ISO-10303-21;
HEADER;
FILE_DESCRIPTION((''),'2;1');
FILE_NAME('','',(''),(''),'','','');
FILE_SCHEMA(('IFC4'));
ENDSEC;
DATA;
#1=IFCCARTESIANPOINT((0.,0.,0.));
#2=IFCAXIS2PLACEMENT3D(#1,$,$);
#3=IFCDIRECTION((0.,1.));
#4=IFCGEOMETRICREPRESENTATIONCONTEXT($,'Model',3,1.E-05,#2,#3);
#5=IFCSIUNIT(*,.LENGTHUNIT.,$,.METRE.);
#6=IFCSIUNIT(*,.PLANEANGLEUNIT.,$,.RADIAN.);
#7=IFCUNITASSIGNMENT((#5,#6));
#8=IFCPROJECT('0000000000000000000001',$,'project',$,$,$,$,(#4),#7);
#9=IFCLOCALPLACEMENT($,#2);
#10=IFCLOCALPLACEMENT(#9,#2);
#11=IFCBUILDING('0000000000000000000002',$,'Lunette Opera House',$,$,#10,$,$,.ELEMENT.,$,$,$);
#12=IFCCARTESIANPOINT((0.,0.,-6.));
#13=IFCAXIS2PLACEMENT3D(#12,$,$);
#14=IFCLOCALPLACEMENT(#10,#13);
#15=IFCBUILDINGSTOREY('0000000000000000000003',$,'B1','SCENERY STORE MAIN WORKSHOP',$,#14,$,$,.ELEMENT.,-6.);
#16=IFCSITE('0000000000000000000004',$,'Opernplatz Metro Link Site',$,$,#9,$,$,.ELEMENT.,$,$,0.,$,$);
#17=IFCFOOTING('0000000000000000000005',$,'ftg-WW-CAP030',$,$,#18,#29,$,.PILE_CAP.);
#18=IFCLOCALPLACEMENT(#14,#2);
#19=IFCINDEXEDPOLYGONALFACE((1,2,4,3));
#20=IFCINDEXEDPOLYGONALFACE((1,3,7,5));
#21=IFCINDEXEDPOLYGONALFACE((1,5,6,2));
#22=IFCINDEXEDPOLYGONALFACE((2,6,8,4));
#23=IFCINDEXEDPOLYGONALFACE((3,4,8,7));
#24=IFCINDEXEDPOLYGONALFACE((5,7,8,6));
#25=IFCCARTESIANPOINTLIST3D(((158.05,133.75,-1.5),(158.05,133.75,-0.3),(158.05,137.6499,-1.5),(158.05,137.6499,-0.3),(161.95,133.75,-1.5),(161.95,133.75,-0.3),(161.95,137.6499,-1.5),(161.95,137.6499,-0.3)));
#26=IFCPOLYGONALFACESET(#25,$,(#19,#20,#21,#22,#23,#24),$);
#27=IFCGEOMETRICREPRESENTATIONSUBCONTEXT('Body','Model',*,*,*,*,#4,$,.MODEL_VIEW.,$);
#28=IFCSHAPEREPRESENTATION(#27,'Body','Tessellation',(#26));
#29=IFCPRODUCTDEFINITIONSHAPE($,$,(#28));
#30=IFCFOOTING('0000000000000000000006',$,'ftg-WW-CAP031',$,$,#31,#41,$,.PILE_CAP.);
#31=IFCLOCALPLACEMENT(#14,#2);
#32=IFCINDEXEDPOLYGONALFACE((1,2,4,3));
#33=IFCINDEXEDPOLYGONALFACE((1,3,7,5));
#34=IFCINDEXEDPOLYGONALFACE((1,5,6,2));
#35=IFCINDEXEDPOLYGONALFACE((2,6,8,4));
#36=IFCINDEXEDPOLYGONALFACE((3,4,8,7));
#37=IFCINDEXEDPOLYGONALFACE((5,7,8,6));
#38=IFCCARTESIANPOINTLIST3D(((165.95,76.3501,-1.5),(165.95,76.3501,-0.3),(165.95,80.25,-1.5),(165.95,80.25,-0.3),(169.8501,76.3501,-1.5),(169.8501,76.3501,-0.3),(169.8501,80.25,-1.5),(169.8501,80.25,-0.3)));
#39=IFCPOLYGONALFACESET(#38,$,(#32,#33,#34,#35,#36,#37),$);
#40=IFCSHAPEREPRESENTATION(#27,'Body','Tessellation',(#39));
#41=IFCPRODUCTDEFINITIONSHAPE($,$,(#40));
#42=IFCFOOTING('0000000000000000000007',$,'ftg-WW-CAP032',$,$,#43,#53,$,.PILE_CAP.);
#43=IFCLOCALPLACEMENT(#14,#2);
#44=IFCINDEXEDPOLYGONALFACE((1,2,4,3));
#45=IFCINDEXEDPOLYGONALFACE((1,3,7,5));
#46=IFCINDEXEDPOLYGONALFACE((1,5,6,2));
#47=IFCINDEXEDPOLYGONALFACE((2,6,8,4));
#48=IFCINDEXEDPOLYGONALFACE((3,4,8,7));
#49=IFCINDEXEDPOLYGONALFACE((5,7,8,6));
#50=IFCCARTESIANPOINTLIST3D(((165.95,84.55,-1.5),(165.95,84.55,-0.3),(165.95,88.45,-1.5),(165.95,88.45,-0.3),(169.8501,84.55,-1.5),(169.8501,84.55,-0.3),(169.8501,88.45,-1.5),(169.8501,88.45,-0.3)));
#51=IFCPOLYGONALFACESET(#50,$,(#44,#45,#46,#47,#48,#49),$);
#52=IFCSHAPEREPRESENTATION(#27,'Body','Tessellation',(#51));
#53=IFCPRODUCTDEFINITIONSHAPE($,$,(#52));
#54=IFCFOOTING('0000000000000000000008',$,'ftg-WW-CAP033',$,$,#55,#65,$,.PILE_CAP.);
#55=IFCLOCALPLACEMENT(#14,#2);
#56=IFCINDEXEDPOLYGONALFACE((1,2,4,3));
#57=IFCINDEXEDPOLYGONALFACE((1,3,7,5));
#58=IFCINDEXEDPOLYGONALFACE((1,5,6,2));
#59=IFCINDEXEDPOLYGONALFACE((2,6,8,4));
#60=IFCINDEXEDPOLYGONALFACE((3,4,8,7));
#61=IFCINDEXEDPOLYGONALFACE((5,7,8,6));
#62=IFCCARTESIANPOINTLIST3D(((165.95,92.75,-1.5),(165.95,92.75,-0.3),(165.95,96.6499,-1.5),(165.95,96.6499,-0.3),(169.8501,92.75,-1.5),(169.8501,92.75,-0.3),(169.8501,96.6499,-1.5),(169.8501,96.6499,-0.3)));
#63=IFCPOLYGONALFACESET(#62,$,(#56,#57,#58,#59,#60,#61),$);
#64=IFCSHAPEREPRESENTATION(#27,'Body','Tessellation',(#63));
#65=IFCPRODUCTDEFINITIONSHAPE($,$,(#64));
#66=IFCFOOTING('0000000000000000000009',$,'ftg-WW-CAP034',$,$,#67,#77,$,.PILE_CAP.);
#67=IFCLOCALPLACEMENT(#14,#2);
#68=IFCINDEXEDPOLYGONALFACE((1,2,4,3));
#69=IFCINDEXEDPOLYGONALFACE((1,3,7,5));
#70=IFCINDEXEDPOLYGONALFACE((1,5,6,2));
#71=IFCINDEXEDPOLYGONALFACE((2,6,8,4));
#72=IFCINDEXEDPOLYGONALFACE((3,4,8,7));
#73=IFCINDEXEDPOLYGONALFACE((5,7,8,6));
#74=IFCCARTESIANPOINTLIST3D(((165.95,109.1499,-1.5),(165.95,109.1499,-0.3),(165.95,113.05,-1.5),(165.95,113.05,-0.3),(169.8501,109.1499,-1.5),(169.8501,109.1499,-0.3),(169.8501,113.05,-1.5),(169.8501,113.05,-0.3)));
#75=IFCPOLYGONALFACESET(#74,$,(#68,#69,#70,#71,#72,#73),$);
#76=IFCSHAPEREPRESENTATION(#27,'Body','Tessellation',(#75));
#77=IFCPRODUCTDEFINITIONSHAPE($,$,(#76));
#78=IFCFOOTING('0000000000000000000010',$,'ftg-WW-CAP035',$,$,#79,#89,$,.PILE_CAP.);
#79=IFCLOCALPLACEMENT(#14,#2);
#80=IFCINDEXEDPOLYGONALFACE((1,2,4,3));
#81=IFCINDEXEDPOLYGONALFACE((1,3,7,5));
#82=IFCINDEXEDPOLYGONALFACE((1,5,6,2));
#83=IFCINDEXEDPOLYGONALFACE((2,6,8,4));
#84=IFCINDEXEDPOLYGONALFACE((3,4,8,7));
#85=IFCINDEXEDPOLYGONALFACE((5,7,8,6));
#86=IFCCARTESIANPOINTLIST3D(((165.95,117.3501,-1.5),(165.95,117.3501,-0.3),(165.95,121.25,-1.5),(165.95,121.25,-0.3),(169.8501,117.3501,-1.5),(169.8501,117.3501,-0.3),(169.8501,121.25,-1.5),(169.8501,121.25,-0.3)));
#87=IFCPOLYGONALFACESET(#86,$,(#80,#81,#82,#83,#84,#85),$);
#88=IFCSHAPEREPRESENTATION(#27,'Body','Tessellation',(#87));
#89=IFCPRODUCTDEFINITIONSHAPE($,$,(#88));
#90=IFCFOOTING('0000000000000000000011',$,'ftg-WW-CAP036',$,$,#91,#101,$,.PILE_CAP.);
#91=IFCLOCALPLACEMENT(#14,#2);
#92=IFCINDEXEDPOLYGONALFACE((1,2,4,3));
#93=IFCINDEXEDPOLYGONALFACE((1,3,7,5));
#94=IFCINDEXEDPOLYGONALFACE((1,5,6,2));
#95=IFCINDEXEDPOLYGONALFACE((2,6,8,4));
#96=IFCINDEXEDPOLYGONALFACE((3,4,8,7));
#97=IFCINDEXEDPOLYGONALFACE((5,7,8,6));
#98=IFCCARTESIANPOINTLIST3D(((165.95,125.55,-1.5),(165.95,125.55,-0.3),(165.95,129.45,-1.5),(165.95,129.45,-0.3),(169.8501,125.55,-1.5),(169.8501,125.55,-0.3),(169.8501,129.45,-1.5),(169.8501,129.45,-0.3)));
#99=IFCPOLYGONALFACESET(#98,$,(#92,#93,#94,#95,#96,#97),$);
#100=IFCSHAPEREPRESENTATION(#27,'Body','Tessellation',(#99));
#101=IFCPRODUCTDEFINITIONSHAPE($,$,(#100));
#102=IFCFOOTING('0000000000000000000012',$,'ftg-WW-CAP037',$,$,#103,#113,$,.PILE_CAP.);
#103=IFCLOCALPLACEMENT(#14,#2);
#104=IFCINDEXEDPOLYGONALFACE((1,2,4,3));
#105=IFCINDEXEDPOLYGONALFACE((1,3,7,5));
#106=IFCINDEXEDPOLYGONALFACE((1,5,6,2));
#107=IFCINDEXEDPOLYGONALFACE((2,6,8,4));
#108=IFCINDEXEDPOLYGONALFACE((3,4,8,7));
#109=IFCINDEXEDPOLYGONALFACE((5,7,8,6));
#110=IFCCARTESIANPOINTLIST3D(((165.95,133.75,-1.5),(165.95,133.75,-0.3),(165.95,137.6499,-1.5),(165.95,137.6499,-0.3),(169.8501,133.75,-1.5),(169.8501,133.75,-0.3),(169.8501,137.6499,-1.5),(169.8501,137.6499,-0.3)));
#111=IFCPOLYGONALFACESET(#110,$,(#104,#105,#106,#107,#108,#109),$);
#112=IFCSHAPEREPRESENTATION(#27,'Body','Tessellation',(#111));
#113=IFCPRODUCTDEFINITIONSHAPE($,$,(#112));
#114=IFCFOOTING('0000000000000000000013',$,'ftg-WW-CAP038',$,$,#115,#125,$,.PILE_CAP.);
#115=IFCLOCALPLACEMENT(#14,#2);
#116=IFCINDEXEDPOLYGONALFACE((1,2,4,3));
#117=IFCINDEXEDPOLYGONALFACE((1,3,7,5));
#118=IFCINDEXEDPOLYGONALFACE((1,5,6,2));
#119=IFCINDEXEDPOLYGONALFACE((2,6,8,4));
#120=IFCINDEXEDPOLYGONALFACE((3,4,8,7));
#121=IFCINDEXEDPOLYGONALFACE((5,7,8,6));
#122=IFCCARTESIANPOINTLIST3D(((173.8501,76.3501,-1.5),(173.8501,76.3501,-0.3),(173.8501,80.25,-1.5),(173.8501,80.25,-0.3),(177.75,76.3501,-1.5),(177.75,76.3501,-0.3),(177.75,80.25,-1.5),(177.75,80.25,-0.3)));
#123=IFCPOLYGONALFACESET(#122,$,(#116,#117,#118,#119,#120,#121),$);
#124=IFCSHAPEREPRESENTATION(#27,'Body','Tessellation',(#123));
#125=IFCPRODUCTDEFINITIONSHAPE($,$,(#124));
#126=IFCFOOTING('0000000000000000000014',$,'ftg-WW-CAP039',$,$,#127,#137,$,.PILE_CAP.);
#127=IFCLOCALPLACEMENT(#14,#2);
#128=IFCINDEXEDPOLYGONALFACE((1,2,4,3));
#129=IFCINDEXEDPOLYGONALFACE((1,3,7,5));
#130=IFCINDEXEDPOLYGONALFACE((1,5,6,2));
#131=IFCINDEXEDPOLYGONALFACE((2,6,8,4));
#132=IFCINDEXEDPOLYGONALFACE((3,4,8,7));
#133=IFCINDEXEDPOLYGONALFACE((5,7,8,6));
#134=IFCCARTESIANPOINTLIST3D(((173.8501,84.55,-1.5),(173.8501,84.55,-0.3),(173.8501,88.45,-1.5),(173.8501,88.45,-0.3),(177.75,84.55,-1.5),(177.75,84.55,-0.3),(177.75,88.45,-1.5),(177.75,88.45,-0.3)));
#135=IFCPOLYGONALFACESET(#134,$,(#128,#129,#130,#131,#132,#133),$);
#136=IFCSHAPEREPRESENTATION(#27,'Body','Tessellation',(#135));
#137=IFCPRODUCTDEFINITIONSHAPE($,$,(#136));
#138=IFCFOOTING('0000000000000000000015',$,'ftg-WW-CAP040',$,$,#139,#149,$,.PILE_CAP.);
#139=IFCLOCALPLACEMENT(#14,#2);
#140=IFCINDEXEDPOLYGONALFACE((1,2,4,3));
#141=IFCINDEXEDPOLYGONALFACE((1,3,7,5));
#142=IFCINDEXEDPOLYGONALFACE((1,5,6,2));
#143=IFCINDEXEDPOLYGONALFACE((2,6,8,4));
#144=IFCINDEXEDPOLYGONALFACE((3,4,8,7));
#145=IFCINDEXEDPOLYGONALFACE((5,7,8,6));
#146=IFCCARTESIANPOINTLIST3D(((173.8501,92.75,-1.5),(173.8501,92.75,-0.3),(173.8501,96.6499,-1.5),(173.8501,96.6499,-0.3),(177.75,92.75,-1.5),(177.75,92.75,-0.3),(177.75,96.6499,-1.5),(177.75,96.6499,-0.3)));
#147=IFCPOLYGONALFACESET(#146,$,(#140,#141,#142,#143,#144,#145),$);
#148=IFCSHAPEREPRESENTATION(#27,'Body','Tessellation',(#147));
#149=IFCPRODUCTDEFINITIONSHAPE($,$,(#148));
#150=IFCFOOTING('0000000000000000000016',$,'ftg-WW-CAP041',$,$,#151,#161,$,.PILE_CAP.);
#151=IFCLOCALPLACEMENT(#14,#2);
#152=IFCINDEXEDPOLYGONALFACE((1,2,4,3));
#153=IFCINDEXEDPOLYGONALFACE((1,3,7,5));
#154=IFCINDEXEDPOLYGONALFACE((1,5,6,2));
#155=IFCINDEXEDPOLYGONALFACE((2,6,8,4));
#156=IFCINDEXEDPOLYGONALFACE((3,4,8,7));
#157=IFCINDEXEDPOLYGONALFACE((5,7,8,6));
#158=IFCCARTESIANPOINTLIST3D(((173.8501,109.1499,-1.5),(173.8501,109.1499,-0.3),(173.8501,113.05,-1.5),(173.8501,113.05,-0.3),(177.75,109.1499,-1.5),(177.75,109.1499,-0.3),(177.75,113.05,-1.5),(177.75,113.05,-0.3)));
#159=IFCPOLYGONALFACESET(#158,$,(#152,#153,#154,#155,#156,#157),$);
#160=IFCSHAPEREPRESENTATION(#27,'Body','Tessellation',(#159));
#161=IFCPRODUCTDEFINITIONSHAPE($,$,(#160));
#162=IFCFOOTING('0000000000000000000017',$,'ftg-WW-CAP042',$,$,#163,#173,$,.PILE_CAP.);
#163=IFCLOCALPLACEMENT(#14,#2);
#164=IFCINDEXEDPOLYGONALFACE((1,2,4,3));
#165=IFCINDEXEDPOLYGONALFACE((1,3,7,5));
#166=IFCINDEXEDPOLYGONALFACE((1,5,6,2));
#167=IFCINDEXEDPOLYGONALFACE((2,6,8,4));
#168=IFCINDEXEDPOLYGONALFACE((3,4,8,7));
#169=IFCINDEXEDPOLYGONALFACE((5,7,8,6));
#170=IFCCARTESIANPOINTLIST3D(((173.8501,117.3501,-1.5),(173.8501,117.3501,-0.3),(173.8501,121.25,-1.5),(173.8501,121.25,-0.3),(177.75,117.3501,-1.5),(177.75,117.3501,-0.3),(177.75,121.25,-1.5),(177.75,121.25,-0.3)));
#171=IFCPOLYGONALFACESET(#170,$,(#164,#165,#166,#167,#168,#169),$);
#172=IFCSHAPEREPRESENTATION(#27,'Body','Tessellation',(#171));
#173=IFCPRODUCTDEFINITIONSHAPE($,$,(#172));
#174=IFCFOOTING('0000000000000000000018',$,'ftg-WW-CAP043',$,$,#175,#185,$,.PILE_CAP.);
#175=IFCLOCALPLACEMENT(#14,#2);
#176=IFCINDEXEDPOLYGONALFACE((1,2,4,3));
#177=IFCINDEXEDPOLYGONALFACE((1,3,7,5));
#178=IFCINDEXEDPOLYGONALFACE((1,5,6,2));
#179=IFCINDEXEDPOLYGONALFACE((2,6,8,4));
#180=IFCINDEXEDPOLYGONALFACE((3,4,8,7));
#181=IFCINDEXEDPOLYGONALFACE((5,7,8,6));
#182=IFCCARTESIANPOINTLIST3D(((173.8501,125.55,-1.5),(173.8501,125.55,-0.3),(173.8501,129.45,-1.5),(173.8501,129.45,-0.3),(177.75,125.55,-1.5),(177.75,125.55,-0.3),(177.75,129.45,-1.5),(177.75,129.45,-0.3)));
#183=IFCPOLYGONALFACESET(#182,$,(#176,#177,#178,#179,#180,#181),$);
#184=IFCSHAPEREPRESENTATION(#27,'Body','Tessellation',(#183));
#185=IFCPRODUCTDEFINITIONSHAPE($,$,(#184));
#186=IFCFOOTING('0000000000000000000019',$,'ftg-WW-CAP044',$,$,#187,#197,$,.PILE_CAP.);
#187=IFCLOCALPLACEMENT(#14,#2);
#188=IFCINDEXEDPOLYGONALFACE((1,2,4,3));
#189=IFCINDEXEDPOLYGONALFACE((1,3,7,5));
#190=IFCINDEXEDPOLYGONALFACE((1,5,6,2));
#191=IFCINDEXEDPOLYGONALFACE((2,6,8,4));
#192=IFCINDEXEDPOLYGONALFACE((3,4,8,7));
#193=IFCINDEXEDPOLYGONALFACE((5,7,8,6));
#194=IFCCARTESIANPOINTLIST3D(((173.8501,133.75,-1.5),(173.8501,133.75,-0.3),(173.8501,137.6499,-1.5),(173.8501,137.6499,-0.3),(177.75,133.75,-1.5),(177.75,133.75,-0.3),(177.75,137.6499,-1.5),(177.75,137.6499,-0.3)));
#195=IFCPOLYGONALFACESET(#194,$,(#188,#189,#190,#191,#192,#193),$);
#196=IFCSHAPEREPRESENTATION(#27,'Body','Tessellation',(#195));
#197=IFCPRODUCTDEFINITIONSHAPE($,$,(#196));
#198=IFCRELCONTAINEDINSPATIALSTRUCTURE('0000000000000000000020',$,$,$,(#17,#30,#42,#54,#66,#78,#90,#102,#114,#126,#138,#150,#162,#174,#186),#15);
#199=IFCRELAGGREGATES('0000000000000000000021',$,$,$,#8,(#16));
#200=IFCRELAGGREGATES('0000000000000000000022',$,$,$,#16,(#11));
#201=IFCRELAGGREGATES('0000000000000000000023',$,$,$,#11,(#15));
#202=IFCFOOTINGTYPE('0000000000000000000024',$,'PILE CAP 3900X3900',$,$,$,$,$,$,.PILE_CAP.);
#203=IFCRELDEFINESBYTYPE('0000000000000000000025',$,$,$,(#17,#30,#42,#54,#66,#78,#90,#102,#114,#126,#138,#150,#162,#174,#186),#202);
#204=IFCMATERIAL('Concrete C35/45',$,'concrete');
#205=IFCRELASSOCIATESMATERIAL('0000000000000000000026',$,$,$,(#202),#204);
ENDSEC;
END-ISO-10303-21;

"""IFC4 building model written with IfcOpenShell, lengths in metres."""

from ifc_helpers import new_model, si_unit, direction, frame, origin, place, context, subcontext, project, spatial, polyline, outline, extrude, material, type_object, element, save


model = new_model("IFC4")

# Units and contexts
model_context = context("Model", 3, precision=1e-05, world=origin(), true_north=direction((0.0, 1.0)))
body_context = subcontext(model_context, "Body", "Model", "MODEL_VIEW")
ifc_project = project(units=[si_unit("LENGTHUNIT", "METRE"), si_unit("PLANEANGLEUNIT", "RADIAN")], contexts=[model_context])

# Site, building, storey
site_placement = place(None, origin())
site = spatial("IfcSite", under=ifc_project, at=site_placement, Name="Opernplatz Metro Link Site", CompositionType="ELEMENT", RefElevation=0.0)
building_placement = place(site_placement, origin())
building = spatial("IfcBuilding", under=site, at=building_placement, Name="Lunette Opera House", CompositionType="ELEMENT")
storey_placement = place(building_placement, frame((0.0, 0.0, -6.0)))
storey = spatial("IfcBuildingStorey", under=building, at=storey_placement, Name="B1", Description="SCENERY STORE MAIN WORKSHOP", CompositionType="ELEMENT", Elevation=-6.0)

# Footings
ifc_material_1 = material(Name="Concrete C35/45", Category="concrete")
footing_type_1 = type_object("IfcFootingType", Name="PILE CAP 3900X3900", PredefinedType="PILE_CAP", material=ifc_material_1)
footing_1_placement = place(storey_placement, frame((0.0, 0.0, -1.5)))
element("IfcFooting", 1, at=footing_1_placement, inside=storey, type_object=footing_type_1, Name="ftg-WW-CAP030", PredefinedType="PILE_CAP", context=body_context, shape_type="SweptSolid", body=[
    extrude(outline(polyline([(161.95, 133.75), (161.95, 137.6499), (158.05, 137.6499), (158.05, 133.75), (161.95, 133.75)])), origin(), (0.0, 0.0, 1.0), 1.2),
])
footing_2_placement = place(storey_placement, frame((0.0, 0.0, -1.5)))
element("IfcFooting", 2, at=footing_2_placement, inside=storey, type_object=footing_type_1, Name="ftg-WW-CAP031", PredefinedType="PILE_CAP", context=body_context, shape_type="SweptSolid", body=[
    extrude(outline(polyline([(169.8501, 76.3501), (169.8501, 80.25), (165.95, 80.25), (165.95, 76.3501), (169.8501, 76.3501)])), origin(), (0.0, 0.0, 1.0), 1.2),
])
footing_3_placement = place(storey_placement, frame((0.0, 0.0, -1.5)))
element("IfcFooting", 3, at=footing_3_placement, inside=storey, type_object=footing_type_1, Name="ftg-WW-CAP032", PredefinedType="PILE_CAP", context=body_context, shape_type="SweptSolid", body=[
    extrude(outline(polyline([(169.8501, 84.55), (169.8501, 88.45), (165.95, 88.45), (165.95, 84.55), (169.8501, 84.55)])), origin(), (0.0, 0.0, 1.0), 1.2),
])
footing_4_placement = place(storey_placement, frame((0.0, 0.0, -1.5)))
element("IfcFooting", 4, at=footing_4_placement, inside=storey, type_object=footing_type_1, Name="ftg-WW-CAP033", PredefinedType="PILE_CAP", context=body_context, shape_type="SweptSolid", body=[
    extrude(outline(polyline([(169.8501, 92.75), (169.8501, 96.6499), (165.95, 96.6499), (165.95, 92.75), (169.8501, 92.75)])), origin(), (0.0, 0.0, 1.0), 1.2),
])
footing_5_placement = place(storey_placement, frame((0.0, 0.0, -1.5)))
element("IfcFooting", 5, at=footing_5_placement, inside=storey, type_object=footing_type_1, Name="ftg-WW-CAP034", PredefinedType="PILE_CAP", context=body_context, shape_type="SweptSolid", body=[
    extrude(outline(polyline([(169.8501, 109.1499), (169.8501, 113.05), (165.95, 113.05), (165.95, 109.1499), (169.8501, 109.1499)])), origin(), (0.0, 0.0, 1.0), 1.2),
])
footing_6_placement = place(storey_placement, frame((0.0, 0.0, -1.5)))
element("IfcFooting", 6, at=footing_6_placement, inside=storey, type_object=footing_type_1, Name="ftg-WW-CAP035", PredefinedType="PILE_CAP", context=body_context, shape_type="SweptSolid", body=[
    extrude(outline(polyline([(169.8501, 117.3501), (169.8501, 121.25), (165.95, 121.25), (165.95, 117.3501), (169.8501, 117.3501)])), origin(), (0.0, 0.0, 1.0), 1.2),
])
footing_7_placement = place(storey_placement, frame((0.0, 0.0, -1.5)))
element("IfcFooting", 7, at=footing_7_placement, inside=storey, type_object=footing_type_1, Name="ftg-WW-CAP036", PredefinedType="PILE_CAP", context=body_context, shape_type="SweptSolid", body=[
    extrude(outline(polyline([(169.8501, 125.55), (169.8501, 129.45), (165.95, 129.45), (165.95, 125.55), (169.8501, 125.55)])), origin(), (0.0, 0.0, 1.0), 1.2),
])
footing_8_placement = place(storey_placement, frame((0.0, 0.0, -1.5)))
element("IfcFooting", 8, at=footing_8_placement, inside=storey, type_object=footing_type_1, Name="ftg-WW-CAP037", PredefinedType="PILE_CAP", context=body_context, shape_type="SweptSolid", body=[
    extrude(outline(polyline([(169.8501, 133.75), (169.8501, 137.6499), (165.95, 137.6499), (165.95, 133.75), (169.8501, 133.75)])), origin(), (0.0, 0.0, 1.0), 1.2),
])
footing_9_placement = place(storey_placement, frame((0.0, 0.0, -1.5)))
element("IfcFooting", 9, at=footing_9_placement, inside=storey, type_object=footing_type_1, Name="ftg-WW-CAP038", PredefinedType="PILE_CAP", context=body_context, shape_type="SweptSolid", body=[
    extrude(outline(polyline([(177.75, 76.3501), (177.75, 80.25), (173.8501, 80.25), (173.8501, 76.3501), (177.75, 76.3501)])), origin(), (0.0, 0.0, 1.0), 1.2),
])
footing_10_placement = place(storey_placement, frame((0.0, 0.0, -1.5)))
element("IfcFooting", 10, at=footing_10_placement, inside=storey, type_object=footing_type_1, Name="ftg-WW-CAP039", PredefinedType="PILE_CAP", context=body_context, shape_type="SweptSolid", body=[
    extrude(outline(polyline([(177.75, 84.55), (177.75, 88.45), (173.8501, 88.45), (173.8501, 84.55), (177.75, 84.55)])), origin(), (0.0, 0.0, 1.0), 1.2),
])
footing_11_placement = place(storey_placement, frame((0.0, 0.0, -1.5)))
element("IfcFooting", 11, at=footing_11_placement, inside=storey, type_object=footing_type_1, Name="ftg-WW-CAP040", PredefinedType="PILE_CAP", context=body_context, shape_type="SweptSolid", body=[
    extrude(outline(polyline([(177.75, 92.75), (177.75, 96.6499), (173.8501, 96.6499), (173.8501, 92.75), (177.75, 92.75)])), origin(), (0.0, 0.0, 1.0), 1.2),
])
footing_12_placement = place(storey_placement, frame((0.0, 0.0, -1.5)))
element("IfcFooting", 12, at=footing_12_placement, inside=storey, type_object=footing_type_1, Name="ftg-WW-CAP041", PredefinedType="PILE_CAP", context=body_context, shape_type="SweptSolid", body=[
    extrude(outline(polyline([(177.75, 109.1499), (177.75, 113.05), (173.8501, 113.05), (173.8501, 109.1499), (177.75, 109.1499)])), origin(), (0.0, 0.0, 1.0), 1.2),
])
footing_13_placement = place(storey_placement, frame((0.0, 0.0, -1.5)))
element("IfcFooting", 13, at=footing_13_placement, inside=storey, type_object=footing_type_1, Name="ftg-WW-CAP042", PredefinedType="PILE_CAP", context=body_context, shape_type="SweptSolid", body=[
    extrude(outline(polyline([(177.75, 117.3501), (177.75, 121.25), (173.8501, 121.25), (173.8501, 117.3501), (177.75, 117.3501)])), origin(), (0.0, 0.0, 1.0), 1.2),
])
footing_14_placement = place(storey_placement, frame((0.0, 0.0, -1.5)))
element("IfcFooting", 14, at=footing_14_placement, inside=storey, type_object=footing_type_1, Name="ftg-WW-CAP043", PredefinedType="PILE_CAP", context=body_context, shape_type="SweptSolid", body=[
    extrude(outline(polyline([(177.75, 125.55), (177.75, 129.45), (173.8501, 129.45), (173.8501, 125.55), (177.75, 125.55)])), origin(), (0.0, 0.0, 1.0), 1.2),
])
footing_15_placement = place(storey_placement, frame((0.0, 0.0, -1.5)))
element("IfcFooting", 15, at=footing_15_placement, inside=storey, type_object=footing_type_1, Name="ftg-WW-CAP044", PredefinedType="PILE_CAP", context=body_context, shape_type="SweptSolid", body=[
    extrude(outline(polyline([(177.75, 133.75), (177.75, 137.6499), (173.8501, 137.6499), (173.8501, 133.75), (177.75, 133.75)])), origin(), (0.0, 0.0, 1.0), 1.2),
])

save(model, "model.ifc")
